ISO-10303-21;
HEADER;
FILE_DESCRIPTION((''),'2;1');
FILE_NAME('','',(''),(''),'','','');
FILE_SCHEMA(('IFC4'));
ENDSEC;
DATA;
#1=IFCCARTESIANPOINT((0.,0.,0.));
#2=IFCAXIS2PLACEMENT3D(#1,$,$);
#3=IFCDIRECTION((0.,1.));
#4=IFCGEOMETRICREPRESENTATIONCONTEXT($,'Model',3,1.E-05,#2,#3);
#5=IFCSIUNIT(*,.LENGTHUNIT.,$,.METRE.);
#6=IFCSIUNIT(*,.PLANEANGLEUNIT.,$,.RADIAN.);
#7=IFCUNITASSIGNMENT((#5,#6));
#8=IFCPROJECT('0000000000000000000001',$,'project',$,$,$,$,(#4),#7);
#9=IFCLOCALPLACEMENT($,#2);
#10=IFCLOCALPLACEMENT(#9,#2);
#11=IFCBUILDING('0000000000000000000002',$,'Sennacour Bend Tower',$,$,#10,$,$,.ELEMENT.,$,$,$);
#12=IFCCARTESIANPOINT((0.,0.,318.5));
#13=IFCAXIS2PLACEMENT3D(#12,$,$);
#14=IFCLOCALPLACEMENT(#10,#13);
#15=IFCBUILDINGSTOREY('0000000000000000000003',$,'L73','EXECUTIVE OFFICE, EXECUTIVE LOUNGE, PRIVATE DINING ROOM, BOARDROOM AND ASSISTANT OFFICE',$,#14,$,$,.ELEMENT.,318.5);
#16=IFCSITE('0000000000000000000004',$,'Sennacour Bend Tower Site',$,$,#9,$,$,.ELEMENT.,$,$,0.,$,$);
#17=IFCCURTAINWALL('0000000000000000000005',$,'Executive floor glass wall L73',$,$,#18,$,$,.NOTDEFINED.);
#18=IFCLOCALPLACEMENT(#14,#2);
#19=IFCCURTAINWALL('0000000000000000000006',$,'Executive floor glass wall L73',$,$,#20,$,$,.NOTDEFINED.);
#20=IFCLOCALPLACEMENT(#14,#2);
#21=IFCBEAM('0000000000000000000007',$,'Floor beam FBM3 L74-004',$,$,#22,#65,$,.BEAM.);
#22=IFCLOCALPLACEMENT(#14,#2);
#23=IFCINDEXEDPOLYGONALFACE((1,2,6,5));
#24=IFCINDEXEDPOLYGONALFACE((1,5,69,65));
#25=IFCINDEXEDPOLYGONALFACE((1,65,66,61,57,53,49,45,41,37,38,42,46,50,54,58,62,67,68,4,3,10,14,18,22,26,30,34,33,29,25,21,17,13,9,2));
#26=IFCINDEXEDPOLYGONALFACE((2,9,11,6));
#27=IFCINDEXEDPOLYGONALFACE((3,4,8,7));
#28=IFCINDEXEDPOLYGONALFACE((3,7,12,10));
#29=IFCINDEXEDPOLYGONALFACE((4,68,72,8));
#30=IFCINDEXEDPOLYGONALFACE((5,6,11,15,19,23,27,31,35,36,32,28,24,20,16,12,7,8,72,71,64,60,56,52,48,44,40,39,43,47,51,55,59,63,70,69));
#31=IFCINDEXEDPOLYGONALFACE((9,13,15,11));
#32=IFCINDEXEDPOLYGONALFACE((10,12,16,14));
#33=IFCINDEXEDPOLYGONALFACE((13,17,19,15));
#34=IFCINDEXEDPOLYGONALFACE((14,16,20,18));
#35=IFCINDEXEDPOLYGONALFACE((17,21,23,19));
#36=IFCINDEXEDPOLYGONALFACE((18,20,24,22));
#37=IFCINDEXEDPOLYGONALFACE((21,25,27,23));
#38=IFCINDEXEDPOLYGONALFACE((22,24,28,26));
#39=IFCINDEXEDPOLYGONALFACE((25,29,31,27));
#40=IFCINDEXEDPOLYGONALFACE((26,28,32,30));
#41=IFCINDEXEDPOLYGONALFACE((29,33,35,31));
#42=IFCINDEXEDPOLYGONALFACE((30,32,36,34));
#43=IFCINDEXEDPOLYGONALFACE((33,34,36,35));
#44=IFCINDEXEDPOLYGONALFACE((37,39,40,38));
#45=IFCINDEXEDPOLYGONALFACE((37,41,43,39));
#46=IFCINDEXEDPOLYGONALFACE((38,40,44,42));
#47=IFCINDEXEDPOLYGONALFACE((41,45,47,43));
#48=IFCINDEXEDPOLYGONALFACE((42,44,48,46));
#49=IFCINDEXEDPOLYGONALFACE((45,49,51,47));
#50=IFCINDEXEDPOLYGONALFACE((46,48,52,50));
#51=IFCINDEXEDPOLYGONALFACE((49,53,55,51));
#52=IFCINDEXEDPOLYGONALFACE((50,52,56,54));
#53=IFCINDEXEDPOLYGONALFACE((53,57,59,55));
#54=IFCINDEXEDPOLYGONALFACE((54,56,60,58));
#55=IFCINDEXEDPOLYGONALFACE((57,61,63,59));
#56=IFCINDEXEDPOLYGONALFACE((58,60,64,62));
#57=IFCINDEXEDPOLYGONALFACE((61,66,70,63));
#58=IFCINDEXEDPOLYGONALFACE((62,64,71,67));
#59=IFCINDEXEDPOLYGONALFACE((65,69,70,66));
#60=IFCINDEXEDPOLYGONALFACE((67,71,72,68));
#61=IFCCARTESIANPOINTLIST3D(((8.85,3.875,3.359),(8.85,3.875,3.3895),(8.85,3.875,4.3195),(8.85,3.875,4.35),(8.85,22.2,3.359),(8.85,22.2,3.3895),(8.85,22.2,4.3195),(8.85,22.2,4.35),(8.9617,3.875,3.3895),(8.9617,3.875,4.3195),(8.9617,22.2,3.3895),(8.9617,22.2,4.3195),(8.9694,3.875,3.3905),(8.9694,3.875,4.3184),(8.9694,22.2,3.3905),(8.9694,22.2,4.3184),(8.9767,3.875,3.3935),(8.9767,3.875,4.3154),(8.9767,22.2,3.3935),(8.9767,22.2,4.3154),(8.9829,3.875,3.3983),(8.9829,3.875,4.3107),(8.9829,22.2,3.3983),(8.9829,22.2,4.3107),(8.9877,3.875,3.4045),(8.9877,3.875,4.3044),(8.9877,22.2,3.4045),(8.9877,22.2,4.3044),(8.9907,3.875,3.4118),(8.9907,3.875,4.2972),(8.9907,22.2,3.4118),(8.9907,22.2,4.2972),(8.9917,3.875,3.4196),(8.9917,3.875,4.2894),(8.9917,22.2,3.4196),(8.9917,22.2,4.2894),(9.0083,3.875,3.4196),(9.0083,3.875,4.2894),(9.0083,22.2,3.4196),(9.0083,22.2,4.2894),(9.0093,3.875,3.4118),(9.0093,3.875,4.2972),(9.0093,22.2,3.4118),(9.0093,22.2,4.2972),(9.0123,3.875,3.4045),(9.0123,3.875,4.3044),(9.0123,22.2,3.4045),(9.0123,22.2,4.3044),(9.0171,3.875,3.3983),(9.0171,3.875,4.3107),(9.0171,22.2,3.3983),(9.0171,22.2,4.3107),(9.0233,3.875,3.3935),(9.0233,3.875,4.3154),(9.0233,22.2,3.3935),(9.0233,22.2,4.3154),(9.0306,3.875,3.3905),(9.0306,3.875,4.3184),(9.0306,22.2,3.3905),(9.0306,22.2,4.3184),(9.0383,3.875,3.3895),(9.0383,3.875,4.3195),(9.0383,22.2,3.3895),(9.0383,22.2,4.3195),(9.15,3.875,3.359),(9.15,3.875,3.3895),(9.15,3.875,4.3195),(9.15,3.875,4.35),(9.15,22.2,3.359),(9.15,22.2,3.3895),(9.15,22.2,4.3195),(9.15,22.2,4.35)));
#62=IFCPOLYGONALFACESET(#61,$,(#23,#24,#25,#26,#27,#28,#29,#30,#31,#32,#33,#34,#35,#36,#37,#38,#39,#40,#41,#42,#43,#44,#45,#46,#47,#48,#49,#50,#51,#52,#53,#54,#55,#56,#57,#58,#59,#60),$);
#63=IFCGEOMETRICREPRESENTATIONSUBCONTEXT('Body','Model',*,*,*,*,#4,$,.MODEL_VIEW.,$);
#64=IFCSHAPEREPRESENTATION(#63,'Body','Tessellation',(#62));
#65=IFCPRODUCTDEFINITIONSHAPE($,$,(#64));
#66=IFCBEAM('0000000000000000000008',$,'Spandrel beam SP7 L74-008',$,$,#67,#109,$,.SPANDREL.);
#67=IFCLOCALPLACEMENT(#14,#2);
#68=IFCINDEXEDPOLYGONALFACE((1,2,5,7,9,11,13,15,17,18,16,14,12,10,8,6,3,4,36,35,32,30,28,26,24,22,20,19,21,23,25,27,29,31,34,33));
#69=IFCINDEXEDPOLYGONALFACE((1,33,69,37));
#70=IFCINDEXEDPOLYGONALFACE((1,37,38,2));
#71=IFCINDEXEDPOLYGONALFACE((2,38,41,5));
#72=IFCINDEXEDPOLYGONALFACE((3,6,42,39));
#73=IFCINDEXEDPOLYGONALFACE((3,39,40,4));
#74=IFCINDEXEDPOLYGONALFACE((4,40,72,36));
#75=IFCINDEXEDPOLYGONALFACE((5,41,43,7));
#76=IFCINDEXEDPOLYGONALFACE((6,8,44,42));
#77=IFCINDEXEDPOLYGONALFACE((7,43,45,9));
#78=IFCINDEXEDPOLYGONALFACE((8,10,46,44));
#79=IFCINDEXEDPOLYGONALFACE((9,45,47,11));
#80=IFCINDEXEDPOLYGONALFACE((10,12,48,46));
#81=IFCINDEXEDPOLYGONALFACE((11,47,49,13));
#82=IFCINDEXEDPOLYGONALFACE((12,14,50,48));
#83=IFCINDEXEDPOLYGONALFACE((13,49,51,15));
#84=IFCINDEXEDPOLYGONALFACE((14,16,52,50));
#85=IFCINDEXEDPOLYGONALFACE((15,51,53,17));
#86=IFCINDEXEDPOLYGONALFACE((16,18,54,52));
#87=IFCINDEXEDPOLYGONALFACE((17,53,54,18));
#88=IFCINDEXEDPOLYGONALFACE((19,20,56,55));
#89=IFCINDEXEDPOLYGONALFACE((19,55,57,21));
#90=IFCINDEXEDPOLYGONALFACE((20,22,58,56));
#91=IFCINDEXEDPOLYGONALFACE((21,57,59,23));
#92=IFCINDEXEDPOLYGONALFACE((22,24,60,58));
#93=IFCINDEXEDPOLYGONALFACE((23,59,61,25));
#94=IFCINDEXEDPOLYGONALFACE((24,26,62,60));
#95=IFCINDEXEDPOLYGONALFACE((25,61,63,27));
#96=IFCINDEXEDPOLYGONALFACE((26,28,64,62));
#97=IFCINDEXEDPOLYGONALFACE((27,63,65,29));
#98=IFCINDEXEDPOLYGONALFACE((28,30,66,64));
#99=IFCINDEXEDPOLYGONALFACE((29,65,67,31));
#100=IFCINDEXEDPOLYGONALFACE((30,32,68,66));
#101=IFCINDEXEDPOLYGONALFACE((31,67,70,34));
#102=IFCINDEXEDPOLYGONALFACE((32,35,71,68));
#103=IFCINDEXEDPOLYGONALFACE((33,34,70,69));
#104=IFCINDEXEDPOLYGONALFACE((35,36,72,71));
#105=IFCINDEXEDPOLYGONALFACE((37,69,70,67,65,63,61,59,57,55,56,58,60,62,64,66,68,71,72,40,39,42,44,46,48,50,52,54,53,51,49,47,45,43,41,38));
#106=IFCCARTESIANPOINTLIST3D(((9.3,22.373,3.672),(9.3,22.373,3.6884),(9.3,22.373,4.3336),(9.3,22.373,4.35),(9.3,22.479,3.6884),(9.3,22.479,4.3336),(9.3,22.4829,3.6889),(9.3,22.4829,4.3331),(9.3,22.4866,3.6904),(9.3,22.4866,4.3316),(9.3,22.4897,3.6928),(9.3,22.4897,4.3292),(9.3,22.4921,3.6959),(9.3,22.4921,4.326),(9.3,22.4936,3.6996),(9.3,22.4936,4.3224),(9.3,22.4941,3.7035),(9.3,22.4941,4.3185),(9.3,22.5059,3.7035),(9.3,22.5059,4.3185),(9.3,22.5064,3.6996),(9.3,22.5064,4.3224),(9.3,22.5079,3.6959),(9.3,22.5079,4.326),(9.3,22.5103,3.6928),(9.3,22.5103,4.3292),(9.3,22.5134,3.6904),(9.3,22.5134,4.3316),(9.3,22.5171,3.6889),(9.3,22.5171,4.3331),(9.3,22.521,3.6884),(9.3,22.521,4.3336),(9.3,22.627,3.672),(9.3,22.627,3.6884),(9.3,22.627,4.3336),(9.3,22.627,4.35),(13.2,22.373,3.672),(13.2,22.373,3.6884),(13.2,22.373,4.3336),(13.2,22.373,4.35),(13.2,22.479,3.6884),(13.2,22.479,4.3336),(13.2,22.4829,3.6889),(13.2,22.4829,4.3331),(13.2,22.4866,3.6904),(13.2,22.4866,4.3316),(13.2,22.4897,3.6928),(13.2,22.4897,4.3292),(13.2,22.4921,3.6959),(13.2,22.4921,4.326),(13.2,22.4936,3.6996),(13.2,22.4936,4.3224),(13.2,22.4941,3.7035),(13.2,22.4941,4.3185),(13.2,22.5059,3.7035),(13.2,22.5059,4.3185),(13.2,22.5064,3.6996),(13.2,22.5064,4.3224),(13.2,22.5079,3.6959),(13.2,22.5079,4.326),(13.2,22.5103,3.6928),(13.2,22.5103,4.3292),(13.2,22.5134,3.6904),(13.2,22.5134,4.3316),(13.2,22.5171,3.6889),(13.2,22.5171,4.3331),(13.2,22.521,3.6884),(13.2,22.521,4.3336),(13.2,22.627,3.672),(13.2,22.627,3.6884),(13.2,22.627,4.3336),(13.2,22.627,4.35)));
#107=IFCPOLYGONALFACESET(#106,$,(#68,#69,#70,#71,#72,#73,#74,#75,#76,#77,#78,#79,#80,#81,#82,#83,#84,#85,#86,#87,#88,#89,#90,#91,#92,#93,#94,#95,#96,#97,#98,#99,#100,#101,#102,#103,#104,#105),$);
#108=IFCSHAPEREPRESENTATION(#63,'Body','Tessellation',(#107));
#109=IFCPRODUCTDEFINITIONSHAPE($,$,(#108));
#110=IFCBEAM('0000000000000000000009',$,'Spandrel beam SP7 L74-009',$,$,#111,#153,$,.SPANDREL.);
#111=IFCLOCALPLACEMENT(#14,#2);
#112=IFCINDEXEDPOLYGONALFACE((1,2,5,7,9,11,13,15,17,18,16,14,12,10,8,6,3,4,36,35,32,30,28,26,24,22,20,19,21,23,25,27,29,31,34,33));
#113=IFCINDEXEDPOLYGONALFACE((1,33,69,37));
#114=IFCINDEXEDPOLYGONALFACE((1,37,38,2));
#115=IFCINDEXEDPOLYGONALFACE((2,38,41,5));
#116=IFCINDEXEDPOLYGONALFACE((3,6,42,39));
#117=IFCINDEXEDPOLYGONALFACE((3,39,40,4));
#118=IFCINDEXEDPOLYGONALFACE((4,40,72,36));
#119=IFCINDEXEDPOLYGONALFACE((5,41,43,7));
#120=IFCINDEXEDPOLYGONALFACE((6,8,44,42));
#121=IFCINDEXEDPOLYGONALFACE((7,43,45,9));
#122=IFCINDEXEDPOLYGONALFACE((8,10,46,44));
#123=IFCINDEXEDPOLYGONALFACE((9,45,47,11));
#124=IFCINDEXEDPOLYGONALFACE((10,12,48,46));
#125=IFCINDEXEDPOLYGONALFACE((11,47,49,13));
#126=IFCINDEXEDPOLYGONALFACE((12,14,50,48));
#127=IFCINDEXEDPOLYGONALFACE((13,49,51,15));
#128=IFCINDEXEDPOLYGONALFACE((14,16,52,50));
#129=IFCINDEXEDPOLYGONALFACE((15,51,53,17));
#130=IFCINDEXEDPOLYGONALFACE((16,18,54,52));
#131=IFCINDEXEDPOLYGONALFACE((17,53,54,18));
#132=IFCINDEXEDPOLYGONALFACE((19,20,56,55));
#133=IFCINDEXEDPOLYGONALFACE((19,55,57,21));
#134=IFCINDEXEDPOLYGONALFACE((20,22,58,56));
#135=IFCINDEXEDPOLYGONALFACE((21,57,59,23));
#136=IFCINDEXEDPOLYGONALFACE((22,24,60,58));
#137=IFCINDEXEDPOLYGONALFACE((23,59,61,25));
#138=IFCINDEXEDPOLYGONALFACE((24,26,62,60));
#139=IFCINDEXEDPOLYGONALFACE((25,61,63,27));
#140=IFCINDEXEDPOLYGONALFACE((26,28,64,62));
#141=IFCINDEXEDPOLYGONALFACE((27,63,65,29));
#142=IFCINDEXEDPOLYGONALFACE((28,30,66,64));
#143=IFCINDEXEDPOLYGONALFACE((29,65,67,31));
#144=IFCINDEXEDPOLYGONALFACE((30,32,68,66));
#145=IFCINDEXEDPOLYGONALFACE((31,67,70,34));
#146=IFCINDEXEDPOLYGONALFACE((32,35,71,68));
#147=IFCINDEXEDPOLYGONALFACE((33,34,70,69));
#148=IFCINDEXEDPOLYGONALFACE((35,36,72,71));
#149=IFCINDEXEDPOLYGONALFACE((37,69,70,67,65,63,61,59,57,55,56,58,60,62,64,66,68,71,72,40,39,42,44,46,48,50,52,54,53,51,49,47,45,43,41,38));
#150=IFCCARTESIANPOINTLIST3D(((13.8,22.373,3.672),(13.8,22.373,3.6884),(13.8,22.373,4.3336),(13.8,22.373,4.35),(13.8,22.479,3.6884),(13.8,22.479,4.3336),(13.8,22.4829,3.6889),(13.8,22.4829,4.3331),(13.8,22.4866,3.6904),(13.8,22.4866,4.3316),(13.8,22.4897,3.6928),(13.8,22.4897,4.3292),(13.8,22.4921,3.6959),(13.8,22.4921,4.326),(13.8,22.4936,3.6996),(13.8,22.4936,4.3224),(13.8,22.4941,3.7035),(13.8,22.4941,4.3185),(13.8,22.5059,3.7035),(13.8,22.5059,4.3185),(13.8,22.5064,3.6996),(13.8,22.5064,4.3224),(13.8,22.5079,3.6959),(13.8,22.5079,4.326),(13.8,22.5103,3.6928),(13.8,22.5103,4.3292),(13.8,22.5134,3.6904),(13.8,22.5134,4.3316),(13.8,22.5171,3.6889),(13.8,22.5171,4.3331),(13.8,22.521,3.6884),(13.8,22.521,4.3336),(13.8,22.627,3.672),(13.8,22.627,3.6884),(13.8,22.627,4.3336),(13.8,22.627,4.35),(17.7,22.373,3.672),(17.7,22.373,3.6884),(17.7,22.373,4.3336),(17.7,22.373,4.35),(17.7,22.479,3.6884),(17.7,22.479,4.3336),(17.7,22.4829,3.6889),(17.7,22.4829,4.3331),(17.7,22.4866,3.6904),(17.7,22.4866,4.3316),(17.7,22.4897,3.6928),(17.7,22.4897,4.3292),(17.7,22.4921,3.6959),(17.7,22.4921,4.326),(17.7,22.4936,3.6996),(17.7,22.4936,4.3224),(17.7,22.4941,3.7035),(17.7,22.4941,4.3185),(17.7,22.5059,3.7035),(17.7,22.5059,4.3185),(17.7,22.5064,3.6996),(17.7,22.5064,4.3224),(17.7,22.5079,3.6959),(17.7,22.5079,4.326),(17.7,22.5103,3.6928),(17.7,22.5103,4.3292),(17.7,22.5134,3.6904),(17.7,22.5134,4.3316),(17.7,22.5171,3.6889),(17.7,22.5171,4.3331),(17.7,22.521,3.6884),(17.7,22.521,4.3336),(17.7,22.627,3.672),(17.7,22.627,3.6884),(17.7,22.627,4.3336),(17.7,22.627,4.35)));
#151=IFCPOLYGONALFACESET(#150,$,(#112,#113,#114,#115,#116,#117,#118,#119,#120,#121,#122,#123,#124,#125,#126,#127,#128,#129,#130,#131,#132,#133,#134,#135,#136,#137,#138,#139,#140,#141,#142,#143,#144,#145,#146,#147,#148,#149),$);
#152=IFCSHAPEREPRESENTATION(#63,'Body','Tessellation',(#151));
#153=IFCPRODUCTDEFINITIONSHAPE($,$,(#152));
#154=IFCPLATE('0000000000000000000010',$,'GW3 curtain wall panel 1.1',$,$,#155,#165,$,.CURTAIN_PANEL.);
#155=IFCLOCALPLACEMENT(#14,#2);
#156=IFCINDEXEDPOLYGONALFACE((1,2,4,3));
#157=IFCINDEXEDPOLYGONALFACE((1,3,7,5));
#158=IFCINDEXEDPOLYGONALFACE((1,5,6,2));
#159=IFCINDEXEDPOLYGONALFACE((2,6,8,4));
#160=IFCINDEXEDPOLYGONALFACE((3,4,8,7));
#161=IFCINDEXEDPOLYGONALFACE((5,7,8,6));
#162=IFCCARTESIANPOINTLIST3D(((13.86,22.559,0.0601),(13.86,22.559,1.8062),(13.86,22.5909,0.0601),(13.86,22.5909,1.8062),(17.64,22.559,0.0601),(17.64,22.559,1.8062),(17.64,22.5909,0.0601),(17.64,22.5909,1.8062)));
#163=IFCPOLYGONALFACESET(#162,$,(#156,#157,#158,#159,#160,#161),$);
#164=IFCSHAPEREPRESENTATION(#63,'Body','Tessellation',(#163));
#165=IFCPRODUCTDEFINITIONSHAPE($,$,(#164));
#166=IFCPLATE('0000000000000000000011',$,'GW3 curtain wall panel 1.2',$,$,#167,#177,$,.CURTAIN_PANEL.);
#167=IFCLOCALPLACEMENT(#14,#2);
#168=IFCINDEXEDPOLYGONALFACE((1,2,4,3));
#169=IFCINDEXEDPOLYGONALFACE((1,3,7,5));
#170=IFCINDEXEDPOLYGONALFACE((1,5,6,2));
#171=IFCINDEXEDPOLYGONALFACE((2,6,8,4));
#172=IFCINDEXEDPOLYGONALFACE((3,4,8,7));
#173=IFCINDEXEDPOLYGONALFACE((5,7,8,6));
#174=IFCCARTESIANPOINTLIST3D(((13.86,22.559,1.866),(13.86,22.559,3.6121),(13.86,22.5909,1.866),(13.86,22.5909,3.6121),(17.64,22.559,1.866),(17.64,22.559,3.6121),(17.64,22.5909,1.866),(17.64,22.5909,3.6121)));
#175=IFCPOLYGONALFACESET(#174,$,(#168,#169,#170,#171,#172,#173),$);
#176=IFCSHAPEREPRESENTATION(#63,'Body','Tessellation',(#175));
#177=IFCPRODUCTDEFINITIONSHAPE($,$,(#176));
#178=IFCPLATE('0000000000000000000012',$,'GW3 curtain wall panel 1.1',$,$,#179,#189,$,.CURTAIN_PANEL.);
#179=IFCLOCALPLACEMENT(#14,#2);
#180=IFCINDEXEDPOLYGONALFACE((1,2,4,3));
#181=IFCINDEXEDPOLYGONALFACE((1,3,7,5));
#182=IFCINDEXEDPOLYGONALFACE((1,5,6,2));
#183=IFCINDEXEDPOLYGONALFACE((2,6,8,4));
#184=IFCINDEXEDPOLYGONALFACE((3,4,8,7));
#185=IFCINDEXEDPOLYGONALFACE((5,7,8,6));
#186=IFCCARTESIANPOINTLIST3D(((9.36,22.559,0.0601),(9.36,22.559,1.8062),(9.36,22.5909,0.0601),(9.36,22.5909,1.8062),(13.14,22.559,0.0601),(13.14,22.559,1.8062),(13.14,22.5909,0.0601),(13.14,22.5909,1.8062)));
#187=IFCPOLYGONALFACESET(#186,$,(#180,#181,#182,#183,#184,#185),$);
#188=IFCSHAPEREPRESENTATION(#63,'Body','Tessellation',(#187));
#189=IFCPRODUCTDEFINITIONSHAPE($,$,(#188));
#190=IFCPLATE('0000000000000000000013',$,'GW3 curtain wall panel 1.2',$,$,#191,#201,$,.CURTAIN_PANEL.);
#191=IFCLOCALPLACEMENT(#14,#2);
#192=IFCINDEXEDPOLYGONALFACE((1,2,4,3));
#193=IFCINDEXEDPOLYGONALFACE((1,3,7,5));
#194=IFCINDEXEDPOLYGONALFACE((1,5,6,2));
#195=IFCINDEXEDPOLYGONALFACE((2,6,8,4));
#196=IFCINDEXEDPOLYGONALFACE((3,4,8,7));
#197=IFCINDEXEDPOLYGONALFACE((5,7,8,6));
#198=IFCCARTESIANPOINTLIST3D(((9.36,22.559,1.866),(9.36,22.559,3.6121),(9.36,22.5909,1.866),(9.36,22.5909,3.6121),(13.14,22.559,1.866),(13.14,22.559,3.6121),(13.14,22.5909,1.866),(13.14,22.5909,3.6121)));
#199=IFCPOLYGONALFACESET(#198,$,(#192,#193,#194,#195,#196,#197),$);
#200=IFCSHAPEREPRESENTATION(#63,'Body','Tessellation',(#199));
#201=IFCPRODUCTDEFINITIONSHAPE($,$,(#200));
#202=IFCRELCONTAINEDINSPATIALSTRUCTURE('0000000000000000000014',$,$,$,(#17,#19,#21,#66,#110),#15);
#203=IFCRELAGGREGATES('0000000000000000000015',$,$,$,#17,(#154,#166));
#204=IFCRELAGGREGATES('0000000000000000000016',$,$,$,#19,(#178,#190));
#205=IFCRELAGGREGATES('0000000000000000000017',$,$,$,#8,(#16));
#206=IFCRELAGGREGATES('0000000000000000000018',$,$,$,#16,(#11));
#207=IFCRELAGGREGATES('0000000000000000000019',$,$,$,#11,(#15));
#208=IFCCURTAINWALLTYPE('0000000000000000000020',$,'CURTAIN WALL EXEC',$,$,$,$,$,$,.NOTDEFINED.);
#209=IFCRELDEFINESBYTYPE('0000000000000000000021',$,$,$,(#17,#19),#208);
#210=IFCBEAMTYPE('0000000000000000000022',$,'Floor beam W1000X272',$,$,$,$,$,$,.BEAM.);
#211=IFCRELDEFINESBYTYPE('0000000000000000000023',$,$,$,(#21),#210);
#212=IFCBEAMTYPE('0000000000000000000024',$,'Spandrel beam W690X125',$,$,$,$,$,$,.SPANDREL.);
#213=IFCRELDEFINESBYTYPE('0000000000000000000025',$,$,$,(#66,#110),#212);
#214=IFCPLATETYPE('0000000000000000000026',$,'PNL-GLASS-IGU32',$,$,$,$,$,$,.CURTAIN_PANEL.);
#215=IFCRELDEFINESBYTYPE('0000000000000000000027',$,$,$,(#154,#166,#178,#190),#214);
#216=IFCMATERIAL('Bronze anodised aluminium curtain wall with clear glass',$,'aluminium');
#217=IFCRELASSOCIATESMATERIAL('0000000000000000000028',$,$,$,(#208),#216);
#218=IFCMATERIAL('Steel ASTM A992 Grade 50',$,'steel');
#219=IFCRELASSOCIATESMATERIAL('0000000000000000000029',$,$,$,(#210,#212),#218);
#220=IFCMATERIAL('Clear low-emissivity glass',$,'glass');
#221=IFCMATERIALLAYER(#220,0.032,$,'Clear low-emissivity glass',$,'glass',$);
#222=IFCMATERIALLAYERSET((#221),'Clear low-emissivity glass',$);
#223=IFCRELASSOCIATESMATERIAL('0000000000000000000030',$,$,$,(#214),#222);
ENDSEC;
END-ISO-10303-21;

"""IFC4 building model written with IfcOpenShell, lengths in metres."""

from ifc_helpers import new_model, si_unit, direction, frame, origin, origin_2d, place, context, subcontext, project, spatial, rectangle, i_section, extrude, material, layer, layer_set, material_profile, profile_set, type_object, element, aggregate, save


model = new_model("IFC4")

# Units and contexts
model_context = context("Model", 3, precision=1e-05, world=origin(), true_north=direction((0.0, 1.0)))
body_context = subcontext(model_context, "Body", "Model", "MODEL_VIEW")
ifc_project = project(units=[si_unit("LENGTHUNIT", "METRE"), si_unit("PLANEANGLEUNIT", "RADIAN")], contexts=[model_context])

# Site, building, storey
site_placement = place(None, origin())
site = spatial("IfcSite", under=ifc_project, at=site_placement, Name="Sennacour Bend Tower Site", CompositionType="ELEMENT", RefElevation=0.0)
building_placement = place(site_placement, origin())
building = spatial("IfcBuilding", under=site, at=building_placement, Name="Sennacour Bend Tower", CompositionType="ELEMENT")
storey_placement = place(building_placement, frame((0.0, 0.0, 318.5)))
storey = spatial("IfcBuildingStorey", under=building, at=storey_placement, Name="L73", Description="EXECUTIVE OFFICE, EXECUTIVE LOUNGE, PRIVATE DINING ROOM, BOARDROOM AND ASSISTANT OFFICE", CompositionType="ELEMENT", Elevation=318.5)

# Curtain wall
ifc_material_1 = material(Name="Bronze anodised aluminium curtain wall with clear glass", Category="aluminium")
curtain_wall_type = type_object("IfcCurtainWallType", Name="CURTAIN WALL EXEC", PredefinedType="NOTDEFINED", material=ifc_material_1)
curtain_wall_1_placement = place(storey_placement, origin())
curtain_wall_1 = element("IfcCurtainWall", 1, at=curtain_wall_1_placement, inside=storey, type_object=curtain_wall_type, Name="Executive floor glass wall L73", PredefinedType="NOTDEFINED")

# Curtain wall
curtain_wall_2_placement = place(storey_placement, origin())
curtain_wall_2 = element("IfcCurtainWall", 2, at=curtain_wall_2_placement, inside=storey, type_object=curtain_wall_type, Name="Executive floor glass wall L73", PredefinedType="NOTDEFINED")

# Beams
ifc_material_2 = material(Name="Steel ASTM A992 Grade 50", Category="steel")
ifc_material_profile_1 = material_profile(ifc_material_2, i_section(OverallWidth=0.3, OverallDepth=0.991, WebThickness=0.0166, FlangeThickness=0.0305, FilletRadius=0.03, at=origin_2d()), Name="Steel ASTM A992 Grade 50", Category="steel")
ifc_profile_set_1 = profile_set([ifc_material_profile_1], Name="Steel ASTM A992 Grade 50")
beam_type_1 = type_object("IfcBeamType", Name="Floor beam W1000X272", PredefinedType="BEAM", material=ifc_profile_set_1)
beam_placement = place(storey_placement, frame((9.0, 3.875, 3.8545), z_axis=(0.0, 1.0, 0.0), x_axis=(-1.0, 0.0, 0.0)))
element("IfcBeam", 3, at=beam_placement, inside=storey, type_object=beam_type_1, Name="Floor beam FBM3 L74-004", PredefinedType="BEAM", context=body_context, shape_type="SweptSolid", body=[
    extrude(i_section(OverallWidth=0.3, OverallDepth=0.991, WebThickness=0.0166, FlangeThickness=0.0305, FilletRadius=0.03, at=origin_2d()), origin(), (0.0, 0.0, 1.0), 18.325),
])
ifc_material_profile_2 = material_profile(ifc_material_2, i_section(OverallWidth=0.2539, OverallDepth=0.678, WebThickness=0.0117, FlangeThickness=0.0164, FilletRadius=0.0151, at=origin_2d()), Name="Steel ASTM A992 Grade 50", Category="steel")
ifc_profile_set_2 = profile_set([ifc_material_profile_2], Name="Steel ASTM A992 Grade 50")
beam_type_2 = type_object("IfcBeamType", Name="Spandrel beam W690X125", PredefinedType="SPANDREL", material=ifc_profile_set_2)
for number, where, z_axis, x_axis, name in (
    (4, (9.3, 22.5, 4.011), (1.0, 0.0, 0.0), (0.0, 1.0, 0.0), "Spandrel beam SP7 L74-008"),
    (5, (13.8, 22.5, 4.011), (1.0, 0.0, 0.0), (0.0, 1.0, 0.0), "Spandrel beam SP7 L74-009"),
):
    element("IfcBeam", number, at=place(storey_placement, frame(where, z_axis=z_axis, x_axis=x_axis)), inside=storey, type_object=beam_type_2, Name=name, PredefinedType="SPANDREL", context=body_context, shape_type="SweptSolid", body=[
        extrude(i_section(OverallWidth=0.2539, OverallDepth=0.678, WebThickness=0.0117, FlangeThickness=0.0164, FilletRadius=0.0151, at=origin_2d()), origin(), (0.0, 0.0, 1.0), 3.8999),
    ])

# Plates
ifc_material_3 = material(Name="Clear low-emissivity glass", Category="glass")
ifc_layer_1 = layer(ifc_material_3, 0.032, Name="Clear low-emissivity glass", Category="glass")
ifc_layer_set_1 = layer_set([ifc_layer_1], Name="Clear low-emissivity glass")
plate_type = type_object("IfcPlateType", Name="PNL-GLASS-IGU32", PredefinedType="CURTAIN_PANEL", material=ifc_layer_set_1)
plate_1_placement = place(storey_placement, frame((15.75, 22.575, 0.0601), z_axis=(0.0, 0.0, 1.0), x_axis=(-1.0, 0.0, 0.0)))
plate_1 = element("IfcPlate", 6, at=plate_1_placement, type_object=plate_type, Name="GW3 curtain wall panel 1.1", PredefinedType="CURTAIN_PANEL", context=body_context, shape_type="SweptSolid", body=[
    extrude(rectangle(XDim=3.78, YDim=0.032, at=origin_2d()), origin(), (0.0, 0.0, 1.0), 1.7461),
])
plate_2_placement = place(storey_placement, frame((15.75, 22.575, 1.866), z_axis=(0.0, 0.0, 1.0), x_axis=(-1.0, 0.0, 0.0)))
plate_2 = element("IfcPlate", 7, at=plate_2_placement, type_object=plate_type, Name="GW3 curtain wall panel 1.2", PredefinedType="CURTAIN_PANEL", context=body_context, shape_type="SweptSolid", body=[
    extrude(rectangle(XDim=3.78, YDim=0.032, at=origin_2d()), origin(), (0.0, 0.0, 1.0), 1.7461),
])
aggregate(curtain_wall_1, [plate_1, plate_2])
plate_3_placement = place(storey_placement, frame((11.25, 22.575, 0.0601), z_axis=(0.0, 0.0, 1.0), x_axis=(-1.0, 0.0, 0.0)))
plate_3 = element("IfcPlate", 8, at=plate_3_placement, type_object=plate_type, Name="GW3 curtain wall panel 1.1", PredefinedType="CURTAIN_PANEL", context=body_context, shape_type="SweptSolid", body=[
    extrude(rectangle(XDim=3.78, YDim=0.032, at=origin_2d()), origin(), (0.0, 0.0, 1.0), 1.7461),
])
plate_4_placement = place(storey_placement, frame((11.25, 22.575, 1.866), z_axis=(0.0, 0.0, 1.0), x_axis=(-1.0, 0.0, 0.0)))
plate_4 = element("IfcPlate", 9, at=plate_4_placement, type_object=plate_type, Name="GW3 curtain wall panel 1.2", PredefinedType="CURTAIN_PANEL", context=body_context, shape_type="SweptSolid", body=[
    extrude(rectangle(XDim=3.78, YDim=0.032, at=origin_2d()), origin(), (0.0, 0.0, 1.0), 1.7461),
])
aggregate(curtain_wall_2, [plate_3, plate_4])

save(model, "model.ifc")
